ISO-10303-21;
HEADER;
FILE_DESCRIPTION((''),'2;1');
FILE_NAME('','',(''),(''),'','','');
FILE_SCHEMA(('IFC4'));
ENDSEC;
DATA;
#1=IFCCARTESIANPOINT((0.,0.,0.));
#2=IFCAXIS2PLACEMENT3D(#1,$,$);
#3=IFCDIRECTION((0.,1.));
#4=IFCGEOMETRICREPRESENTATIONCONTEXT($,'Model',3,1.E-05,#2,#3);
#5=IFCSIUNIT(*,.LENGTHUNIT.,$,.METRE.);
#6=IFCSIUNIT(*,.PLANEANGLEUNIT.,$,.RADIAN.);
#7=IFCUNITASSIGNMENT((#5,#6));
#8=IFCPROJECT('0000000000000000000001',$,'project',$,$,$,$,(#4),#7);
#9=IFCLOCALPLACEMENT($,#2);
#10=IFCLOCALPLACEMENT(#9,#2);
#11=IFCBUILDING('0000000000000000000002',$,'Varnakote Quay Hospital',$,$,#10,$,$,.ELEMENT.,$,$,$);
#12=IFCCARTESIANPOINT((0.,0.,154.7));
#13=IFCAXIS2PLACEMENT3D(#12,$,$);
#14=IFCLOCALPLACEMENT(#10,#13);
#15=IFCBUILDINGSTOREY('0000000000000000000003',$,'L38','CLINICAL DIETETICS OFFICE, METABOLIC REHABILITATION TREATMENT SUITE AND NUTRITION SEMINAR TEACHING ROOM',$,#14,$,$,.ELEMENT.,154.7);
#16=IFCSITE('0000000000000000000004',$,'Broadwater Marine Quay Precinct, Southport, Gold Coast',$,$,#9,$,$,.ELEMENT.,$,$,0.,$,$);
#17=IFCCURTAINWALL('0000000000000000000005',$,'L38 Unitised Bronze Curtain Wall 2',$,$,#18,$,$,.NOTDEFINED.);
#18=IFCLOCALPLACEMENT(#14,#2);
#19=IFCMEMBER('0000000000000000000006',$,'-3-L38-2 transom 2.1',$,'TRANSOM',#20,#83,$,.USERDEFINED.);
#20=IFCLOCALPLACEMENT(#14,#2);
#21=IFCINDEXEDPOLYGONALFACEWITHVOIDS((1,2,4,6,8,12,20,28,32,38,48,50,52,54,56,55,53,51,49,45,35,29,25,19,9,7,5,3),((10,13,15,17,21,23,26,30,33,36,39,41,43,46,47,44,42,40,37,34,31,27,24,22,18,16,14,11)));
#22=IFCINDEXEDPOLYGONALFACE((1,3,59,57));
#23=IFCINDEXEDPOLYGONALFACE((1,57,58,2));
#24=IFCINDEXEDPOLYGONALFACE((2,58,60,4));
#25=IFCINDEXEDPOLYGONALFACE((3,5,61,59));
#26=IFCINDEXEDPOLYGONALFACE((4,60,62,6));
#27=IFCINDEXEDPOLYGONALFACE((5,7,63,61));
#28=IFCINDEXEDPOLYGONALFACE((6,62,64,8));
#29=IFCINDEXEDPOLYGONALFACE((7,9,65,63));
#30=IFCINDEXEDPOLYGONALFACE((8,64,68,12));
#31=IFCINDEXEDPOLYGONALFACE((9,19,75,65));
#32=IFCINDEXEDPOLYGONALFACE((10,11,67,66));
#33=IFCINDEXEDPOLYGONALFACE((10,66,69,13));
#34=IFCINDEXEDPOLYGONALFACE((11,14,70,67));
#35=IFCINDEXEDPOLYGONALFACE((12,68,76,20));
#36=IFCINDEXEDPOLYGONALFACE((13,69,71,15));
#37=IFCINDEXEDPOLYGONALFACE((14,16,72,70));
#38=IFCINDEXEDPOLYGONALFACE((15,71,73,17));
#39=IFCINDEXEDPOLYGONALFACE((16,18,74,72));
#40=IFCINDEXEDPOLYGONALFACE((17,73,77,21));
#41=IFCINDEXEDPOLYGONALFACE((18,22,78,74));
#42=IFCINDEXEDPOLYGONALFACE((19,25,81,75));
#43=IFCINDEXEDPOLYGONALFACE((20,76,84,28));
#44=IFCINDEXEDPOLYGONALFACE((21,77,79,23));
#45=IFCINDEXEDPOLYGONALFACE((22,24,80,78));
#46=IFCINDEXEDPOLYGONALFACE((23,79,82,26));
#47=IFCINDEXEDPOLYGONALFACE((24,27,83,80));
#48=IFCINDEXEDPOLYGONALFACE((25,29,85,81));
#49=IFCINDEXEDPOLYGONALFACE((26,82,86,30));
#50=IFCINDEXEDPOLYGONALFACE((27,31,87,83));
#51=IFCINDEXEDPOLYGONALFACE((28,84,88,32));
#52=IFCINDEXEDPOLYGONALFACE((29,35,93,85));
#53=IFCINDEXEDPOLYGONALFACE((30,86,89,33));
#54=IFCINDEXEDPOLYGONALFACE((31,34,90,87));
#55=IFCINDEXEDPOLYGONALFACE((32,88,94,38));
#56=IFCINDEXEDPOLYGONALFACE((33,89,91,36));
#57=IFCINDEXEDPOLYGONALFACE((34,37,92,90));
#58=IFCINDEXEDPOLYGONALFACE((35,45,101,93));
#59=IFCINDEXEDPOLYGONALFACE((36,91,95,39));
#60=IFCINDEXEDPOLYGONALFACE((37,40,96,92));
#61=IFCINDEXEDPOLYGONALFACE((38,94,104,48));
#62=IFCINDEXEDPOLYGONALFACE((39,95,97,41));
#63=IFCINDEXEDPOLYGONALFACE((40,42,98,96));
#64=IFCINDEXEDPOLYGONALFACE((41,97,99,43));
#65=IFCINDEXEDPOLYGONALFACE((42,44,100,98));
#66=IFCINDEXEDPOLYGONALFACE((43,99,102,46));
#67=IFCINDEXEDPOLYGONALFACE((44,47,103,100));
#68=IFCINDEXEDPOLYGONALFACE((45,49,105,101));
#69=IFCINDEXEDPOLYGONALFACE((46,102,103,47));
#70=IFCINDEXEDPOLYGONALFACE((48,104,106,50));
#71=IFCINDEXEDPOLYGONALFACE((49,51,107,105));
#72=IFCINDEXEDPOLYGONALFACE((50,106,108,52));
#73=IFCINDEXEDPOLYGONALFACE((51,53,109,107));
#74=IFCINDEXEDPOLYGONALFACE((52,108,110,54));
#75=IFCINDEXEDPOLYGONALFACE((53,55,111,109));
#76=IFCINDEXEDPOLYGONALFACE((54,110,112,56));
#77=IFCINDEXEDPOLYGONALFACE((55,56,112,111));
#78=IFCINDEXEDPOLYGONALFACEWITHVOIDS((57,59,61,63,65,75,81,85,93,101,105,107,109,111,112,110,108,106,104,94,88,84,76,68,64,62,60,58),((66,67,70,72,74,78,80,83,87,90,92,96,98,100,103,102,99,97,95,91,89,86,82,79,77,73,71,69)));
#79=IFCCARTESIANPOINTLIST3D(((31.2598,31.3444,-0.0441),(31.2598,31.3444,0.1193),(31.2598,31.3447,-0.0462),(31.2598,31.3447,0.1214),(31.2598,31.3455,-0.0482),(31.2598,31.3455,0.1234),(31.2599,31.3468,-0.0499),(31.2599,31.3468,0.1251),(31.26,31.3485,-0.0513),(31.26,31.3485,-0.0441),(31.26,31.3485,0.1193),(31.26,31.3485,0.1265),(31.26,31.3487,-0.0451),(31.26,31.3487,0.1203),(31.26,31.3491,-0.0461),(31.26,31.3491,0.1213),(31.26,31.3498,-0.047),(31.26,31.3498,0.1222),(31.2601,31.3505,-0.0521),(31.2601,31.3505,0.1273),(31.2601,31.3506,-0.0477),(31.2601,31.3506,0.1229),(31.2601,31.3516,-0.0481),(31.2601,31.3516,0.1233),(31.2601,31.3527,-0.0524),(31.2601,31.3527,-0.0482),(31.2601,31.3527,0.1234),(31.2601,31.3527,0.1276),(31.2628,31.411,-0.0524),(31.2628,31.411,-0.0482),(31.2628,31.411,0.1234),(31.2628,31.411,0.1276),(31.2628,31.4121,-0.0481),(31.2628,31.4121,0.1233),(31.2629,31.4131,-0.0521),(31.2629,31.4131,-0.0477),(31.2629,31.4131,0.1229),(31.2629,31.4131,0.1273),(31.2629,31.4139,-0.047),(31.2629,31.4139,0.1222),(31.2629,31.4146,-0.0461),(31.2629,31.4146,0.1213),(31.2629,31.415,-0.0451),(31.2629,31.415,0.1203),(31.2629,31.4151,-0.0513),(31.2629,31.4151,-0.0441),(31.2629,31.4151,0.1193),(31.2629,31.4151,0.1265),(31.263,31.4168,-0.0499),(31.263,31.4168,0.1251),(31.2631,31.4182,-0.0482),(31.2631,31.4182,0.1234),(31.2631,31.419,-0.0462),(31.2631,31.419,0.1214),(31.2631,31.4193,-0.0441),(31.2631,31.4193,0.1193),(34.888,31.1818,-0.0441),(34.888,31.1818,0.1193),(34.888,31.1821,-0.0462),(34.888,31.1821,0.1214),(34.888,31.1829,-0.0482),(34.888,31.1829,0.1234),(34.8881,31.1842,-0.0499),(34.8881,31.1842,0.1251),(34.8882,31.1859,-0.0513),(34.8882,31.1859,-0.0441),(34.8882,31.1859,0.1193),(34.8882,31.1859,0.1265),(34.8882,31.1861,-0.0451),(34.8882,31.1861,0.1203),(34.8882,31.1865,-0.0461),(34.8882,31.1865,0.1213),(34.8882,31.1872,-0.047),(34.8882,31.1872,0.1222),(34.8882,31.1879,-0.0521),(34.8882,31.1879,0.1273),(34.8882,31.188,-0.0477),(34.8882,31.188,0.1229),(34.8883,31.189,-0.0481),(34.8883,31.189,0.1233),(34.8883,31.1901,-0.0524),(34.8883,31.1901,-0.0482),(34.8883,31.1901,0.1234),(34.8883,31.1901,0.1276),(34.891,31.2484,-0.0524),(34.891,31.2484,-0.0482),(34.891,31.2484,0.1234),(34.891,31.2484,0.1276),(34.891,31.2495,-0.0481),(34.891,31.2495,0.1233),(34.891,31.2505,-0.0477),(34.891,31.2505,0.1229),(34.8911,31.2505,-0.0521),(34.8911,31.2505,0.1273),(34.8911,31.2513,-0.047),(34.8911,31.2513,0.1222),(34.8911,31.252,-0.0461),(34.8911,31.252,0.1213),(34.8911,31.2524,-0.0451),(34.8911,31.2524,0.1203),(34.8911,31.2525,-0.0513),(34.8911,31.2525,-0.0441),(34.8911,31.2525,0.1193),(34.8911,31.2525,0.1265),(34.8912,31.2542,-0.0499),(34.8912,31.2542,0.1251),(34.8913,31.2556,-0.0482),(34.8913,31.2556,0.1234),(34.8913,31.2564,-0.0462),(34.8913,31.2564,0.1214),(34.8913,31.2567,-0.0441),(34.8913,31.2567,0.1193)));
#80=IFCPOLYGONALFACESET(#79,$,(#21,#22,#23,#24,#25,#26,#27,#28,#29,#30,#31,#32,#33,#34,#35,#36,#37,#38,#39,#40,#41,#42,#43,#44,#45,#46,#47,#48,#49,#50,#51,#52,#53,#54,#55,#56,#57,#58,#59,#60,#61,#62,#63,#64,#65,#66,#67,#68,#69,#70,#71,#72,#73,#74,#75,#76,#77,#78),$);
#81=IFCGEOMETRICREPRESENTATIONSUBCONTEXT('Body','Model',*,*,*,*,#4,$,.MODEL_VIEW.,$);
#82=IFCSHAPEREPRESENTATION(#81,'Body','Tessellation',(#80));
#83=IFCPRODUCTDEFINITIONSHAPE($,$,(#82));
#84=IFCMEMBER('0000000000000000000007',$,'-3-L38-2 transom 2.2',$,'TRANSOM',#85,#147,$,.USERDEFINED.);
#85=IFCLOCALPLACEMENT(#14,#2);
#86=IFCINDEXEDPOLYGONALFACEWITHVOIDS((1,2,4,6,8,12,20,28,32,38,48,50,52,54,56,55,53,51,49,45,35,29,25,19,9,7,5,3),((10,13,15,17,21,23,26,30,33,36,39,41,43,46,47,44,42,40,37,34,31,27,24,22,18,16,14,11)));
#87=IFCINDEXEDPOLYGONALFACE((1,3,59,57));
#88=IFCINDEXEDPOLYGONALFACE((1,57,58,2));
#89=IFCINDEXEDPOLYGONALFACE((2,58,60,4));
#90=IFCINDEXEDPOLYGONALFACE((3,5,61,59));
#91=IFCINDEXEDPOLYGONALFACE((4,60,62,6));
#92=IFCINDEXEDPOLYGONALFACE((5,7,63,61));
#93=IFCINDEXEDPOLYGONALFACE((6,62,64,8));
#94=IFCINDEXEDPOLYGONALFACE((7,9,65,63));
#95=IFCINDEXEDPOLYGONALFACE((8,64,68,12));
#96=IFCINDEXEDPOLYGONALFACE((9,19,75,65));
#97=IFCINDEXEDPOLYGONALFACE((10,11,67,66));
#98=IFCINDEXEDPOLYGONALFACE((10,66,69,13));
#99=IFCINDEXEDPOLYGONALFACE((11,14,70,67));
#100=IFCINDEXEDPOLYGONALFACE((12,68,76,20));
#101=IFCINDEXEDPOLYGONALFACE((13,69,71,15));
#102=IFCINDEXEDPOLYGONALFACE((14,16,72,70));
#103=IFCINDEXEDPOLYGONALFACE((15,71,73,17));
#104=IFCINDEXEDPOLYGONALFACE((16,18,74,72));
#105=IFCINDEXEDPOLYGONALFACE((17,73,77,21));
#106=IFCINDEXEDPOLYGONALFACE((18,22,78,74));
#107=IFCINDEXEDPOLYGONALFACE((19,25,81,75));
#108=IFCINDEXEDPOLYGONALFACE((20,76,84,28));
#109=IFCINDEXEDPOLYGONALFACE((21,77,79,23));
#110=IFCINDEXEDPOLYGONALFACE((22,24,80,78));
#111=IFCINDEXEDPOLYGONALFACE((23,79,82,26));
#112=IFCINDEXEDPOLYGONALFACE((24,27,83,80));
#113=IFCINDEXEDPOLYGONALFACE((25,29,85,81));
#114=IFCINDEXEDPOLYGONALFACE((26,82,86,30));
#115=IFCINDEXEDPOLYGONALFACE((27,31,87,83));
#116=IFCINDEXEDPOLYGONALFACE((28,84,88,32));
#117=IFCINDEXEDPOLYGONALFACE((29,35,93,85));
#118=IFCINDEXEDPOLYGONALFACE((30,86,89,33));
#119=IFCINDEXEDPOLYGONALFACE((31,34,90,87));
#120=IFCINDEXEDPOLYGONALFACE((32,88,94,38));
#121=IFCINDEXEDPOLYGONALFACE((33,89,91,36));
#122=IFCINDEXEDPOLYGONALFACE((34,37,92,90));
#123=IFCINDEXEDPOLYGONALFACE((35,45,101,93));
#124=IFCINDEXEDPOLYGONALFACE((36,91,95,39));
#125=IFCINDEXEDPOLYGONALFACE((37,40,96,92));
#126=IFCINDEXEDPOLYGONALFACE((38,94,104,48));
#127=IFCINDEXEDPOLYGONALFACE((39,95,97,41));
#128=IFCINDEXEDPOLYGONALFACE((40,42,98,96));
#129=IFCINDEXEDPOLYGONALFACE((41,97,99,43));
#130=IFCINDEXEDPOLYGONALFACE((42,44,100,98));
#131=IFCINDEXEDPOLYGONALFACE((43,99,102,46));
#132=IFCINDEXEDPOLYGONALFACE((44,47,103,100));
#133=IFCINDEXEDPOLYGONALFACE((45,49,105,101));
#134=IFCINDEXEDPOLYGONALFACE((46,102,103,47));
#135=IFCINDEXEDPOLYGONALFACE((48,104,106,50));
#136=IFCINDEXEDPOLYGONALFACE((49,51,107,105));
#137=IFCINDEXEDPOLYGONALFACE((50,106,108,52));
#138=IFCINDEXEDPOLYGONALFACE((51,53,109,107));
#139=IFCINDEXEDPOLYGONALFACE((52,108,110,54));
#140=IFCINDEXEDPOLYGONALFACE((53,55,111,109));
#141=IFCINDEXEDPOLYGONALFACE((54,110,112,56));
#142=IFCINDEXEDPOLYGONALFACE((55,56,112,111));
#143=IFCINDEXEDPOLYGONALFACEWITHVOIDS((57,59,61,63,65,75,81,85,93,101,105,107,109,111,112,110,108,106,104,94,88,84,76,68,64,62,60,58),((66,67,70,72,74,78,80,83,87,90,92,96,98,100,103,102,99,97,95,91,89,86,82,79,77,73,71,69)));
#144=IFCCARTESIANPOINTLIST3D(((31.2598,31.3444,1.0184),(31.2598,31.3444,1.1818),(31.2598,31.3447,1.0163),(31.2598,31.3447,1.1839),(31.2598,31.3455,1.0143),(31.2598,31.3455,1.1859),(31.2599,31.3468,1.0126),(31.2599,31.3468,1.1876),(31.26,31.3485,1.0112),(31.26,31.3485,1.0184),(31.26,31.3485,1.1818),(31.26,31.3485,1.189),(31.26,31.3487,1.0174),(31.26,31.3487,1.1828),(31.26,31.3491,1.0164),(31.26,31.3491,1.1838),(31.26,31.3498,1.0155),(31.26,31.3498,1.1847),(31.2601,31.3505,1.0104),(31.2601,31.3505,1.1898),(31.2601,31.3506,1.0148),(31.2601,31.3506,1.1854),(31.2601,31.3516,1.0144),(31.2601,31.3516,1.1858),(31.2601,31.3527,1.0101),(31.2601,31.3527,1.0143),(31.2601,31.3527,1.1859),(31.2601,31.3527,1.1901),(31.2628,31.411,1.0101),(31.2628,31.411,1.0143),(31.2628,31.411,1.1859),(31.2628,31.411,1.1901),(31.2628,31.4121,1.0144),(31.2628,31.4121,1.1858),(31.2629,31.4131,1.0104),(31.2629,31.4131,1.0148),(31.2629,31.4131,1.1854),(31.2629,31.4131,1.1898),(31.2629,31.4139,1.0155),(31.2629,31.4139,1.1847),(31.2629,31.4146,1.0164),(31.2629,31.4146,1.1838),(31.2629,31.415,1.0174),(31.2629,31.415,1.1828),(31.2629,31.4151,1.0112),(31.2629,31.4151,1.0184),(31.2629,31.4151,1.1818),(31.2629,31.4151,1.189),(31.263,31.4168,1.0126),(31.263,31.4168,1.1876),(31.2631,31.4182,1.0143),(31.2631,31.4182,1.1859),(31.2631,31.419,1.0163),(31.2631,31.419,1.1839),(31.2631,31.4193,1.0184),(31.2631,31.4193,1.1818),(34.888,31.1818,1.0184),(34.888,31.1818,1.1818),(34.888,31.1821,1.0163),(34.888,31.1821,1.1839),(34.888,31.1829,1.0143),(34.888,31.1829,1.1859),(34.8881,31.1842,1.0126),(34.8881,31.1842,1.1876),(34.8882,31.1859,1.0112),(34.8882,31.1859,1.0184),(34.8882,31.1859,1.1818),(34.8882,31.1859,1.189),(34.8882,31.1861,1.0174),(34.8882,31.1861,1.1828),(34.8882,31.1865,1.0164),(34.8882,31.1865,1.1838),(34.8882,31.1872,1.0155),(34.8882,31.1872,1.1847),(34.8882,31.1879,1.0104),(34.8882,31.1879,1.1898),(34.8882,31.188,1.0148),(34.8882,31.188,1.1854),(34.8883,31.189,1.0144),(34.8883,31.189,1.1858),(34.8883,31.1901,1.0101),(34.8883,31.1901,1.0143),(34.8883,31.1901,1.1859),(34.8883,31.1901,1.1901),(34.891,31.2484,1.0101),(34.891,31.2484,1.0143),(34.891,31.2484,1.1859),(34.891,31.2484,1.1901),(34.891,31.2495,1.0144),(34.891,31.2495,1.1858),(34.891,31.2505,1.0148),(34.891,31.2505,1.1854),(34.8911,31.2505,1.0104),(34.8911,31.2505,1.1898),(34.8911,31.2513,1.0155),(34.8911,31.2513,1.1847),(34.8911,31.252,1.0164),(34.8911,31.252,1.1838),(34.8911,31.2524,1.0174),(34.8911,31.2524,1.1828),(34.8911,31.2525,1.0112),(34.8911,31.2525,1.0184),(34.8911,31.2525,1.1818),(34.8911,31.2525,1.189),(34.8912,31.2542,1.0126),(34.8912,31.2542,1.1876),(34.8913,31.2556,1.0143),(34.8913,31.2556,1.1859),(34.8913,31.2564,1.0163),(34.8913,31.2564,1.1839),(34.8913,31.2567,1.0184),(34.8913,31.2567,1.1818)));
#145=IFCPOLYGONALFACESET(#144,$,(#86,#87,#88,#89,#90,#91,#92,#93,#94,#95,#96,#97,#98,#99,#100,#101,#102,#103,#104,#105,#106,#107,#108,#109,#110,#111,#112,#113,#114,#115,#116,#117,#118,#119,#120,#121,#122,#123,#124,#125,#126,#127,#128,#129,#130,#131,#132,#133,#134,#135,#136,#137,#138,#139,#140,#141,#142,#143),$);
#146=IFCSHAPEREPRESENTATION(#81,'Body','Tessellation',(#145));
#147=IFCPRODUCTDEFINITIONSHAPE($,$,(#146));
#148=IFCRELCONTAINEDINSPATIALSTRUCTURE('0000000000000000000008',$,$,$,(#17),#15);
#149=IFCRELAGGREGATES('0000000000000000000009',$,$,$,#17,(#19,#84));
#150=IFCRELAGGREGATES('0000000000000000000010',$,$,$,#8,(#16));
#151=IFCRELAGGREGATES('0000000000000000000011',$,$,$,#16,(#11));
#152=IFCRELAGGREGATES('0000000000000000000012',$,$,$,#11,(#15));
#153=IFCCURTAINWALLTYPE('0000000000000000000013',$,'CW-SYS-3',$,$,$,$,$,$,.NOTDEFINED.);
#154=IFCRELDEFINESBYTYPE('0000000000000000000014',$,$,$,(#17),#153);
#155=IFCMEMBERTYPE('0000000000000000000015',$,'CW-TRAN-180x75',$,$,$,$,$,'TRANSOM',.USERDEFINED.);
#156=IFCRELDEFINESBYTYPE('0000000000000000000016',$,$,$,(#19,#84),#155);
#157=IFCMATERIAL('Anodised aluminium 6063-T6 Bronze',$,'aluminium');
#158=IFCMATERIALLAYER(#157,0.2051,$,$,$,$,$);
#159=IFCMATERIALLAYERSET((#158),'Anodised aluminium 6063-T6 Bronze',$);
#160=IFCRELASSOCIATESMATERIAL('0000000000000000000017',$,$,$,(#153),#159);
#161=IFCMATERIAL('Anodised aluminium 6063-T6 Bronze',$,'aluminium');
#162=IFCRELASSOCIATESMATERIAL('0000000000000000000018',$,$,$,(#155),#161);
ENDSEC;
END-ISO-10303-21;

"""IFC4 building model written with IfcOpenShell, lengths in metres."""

from ifc_helpers import new_model, si_unit, direction, frame, origin, origin_2d, place, context, subcontext, project, spatial, hollow_rectangle, extrude, material, layer, layer_set, material_profile, profile_set, type_object, element, aggregate, save


model = new_model("IFC4")

# Units and contexts
model_context = context("Model", 3, precision=1e-05, world=origin(), true_north=direction((0.0, 1.0)))
body_context = subcontext(model_context, "Body", "Model", "MODEL_VIEW")
ifc_project = project(units=[si_unit("LENGTHUNIT", "METRE"), si_unit("PLANEANGLEUNIT", "RADIAN")], contexts=[model_context])

# Site, building, storey
site_placement = place(None, origin())
site = spatial("IfcSite", under=ifc_project, at=site_placement, Name="Broadwater Marine Quay Precinct, Southport, Gold Coast", CompositionType="ELEMENT", RefElevation=0.0)
building_placement = place(site_placement, origin())
building = spatial("IfcBuilding", under=site, at=building_placement, Name="Varnakote Quay Hospital", CompositionType="ELEMENT")
storey_placement = place(building_placement, frame((0.0, 0.0, 154.7)))
storey = spatial("IfcBuildingStorey", under=building, at=storey_placement, Name="L38", Description="CLINICAL DIETETICS OFFICE, METABOLIC REHABILITATION TREATMENT SUITE AND NUTRITION SEMINAR TEACHING ROOM", CompositionType="ELEMENT", Elevation=154.7)

# Shared definitions
ifc_material_1 = material(Name="Anodised aluminium 6063-T6 Bronze", Category="aluminium")
ifc_layer_1 = layer(ifc_material_1, 0.2051)
ifc_layer_set_1 = layer_set([ifc_layer_1], Name="Anodised aluminium 6063-T6 Bronze")
curtain_wall_type = type_object("IfcCurtainWallType", Name="CW-SYS-3", PredefinedType="NOTDEFINED", material=ifc_layer_set_1)

# Curtain wall, members
curtain_wall_1_placement = place(storey_placement, origin())
curtain_wall_1 = element("IfcCurtainWall", 1, at=curtain_wall_1_placement, inside=storey, type_object=curtain_wall_type, Name="L38 Unitised Bronze Curtain Wall 2", PredefinedType="NOTDEFINED")
ifc_material_2 = material(Name="Anodised aluminium 6063-T6 Bronze", Category="aluminium")
ifc_material_profile_1 = material_profile(ifc_material_2, hollow_rectangle(XDim=0.075, YDim=0.1799, WallThickness=0.0042, InnerFilletRadius=0.0042, OuterFilletRadius=0.0083, at=origin_2d()), Name="CW-TRAN-180x75")
ifc_profile_set_1 = profile_set([ifc_material_profile_1], Name="Anodised aluminium 6063-T6 Bronze")
member_type_1 = type_object("IfcMemberType", Name="CW-TRAN-180x75", ElementType="TRANSOM", PredefinedType="USERDEFINED", material=ifc_profile_set_1)
member_1_placement = place(storey_placement, frame((34.8896, 31.2192, 0.0376), z_axis=(-0.998997, 0.04477, 0.0), x_axis=(-0.04477, -0.998997, 0.0)))
member_1 = element("IfcMember", 2, at=member_1_placement, type_object=member_type_1, Name="-3-L38-2 transom 2.1", ObjectType="TRANSOM", PredefinedType="USERDEFINED", context=body_context, shape_type="SweptSolid", body=[
    extrude(hollow_rectangle(XDim=0.075, YDim=0.1799, WallThickness=0.0042, InnerFilletRadius=0.0042, OuterFilletRadius=0.0083, at=origin_2d()), origin(), (0.0, 0.0, 1.0), 3.6318),
])
member_2_placement = place(storey_placement, frame((34.8896, 31.2192, 1.1001), z_axis=(-0.998997, 0.04477, 0.0), x_axis=(-0.04477, -0.998997, 0.0)))
member_2 = element("IfcMember", 3, at=member_2_placement, type_object=member_type_1, Name="-3-L38-2 transom 2.2", ObjectType="TRANSOM", PredefinedType="USERDEFINED", context=body_context, shape_type="SweptSolid", body=[
    extrude(hollow_rectangle(XDim=0.075, YDim=0.1799, WallThickness=0.0042, InnerFilletRadius=0.0042, OuterFilletRadius=0.0083, at=origin_2d()), origin(), (0.0, 0.0, 1.0), 3.6318),
])

aggregate(curtain_wall_1, [member_1, member_2])

save(model, "model.ifc")
